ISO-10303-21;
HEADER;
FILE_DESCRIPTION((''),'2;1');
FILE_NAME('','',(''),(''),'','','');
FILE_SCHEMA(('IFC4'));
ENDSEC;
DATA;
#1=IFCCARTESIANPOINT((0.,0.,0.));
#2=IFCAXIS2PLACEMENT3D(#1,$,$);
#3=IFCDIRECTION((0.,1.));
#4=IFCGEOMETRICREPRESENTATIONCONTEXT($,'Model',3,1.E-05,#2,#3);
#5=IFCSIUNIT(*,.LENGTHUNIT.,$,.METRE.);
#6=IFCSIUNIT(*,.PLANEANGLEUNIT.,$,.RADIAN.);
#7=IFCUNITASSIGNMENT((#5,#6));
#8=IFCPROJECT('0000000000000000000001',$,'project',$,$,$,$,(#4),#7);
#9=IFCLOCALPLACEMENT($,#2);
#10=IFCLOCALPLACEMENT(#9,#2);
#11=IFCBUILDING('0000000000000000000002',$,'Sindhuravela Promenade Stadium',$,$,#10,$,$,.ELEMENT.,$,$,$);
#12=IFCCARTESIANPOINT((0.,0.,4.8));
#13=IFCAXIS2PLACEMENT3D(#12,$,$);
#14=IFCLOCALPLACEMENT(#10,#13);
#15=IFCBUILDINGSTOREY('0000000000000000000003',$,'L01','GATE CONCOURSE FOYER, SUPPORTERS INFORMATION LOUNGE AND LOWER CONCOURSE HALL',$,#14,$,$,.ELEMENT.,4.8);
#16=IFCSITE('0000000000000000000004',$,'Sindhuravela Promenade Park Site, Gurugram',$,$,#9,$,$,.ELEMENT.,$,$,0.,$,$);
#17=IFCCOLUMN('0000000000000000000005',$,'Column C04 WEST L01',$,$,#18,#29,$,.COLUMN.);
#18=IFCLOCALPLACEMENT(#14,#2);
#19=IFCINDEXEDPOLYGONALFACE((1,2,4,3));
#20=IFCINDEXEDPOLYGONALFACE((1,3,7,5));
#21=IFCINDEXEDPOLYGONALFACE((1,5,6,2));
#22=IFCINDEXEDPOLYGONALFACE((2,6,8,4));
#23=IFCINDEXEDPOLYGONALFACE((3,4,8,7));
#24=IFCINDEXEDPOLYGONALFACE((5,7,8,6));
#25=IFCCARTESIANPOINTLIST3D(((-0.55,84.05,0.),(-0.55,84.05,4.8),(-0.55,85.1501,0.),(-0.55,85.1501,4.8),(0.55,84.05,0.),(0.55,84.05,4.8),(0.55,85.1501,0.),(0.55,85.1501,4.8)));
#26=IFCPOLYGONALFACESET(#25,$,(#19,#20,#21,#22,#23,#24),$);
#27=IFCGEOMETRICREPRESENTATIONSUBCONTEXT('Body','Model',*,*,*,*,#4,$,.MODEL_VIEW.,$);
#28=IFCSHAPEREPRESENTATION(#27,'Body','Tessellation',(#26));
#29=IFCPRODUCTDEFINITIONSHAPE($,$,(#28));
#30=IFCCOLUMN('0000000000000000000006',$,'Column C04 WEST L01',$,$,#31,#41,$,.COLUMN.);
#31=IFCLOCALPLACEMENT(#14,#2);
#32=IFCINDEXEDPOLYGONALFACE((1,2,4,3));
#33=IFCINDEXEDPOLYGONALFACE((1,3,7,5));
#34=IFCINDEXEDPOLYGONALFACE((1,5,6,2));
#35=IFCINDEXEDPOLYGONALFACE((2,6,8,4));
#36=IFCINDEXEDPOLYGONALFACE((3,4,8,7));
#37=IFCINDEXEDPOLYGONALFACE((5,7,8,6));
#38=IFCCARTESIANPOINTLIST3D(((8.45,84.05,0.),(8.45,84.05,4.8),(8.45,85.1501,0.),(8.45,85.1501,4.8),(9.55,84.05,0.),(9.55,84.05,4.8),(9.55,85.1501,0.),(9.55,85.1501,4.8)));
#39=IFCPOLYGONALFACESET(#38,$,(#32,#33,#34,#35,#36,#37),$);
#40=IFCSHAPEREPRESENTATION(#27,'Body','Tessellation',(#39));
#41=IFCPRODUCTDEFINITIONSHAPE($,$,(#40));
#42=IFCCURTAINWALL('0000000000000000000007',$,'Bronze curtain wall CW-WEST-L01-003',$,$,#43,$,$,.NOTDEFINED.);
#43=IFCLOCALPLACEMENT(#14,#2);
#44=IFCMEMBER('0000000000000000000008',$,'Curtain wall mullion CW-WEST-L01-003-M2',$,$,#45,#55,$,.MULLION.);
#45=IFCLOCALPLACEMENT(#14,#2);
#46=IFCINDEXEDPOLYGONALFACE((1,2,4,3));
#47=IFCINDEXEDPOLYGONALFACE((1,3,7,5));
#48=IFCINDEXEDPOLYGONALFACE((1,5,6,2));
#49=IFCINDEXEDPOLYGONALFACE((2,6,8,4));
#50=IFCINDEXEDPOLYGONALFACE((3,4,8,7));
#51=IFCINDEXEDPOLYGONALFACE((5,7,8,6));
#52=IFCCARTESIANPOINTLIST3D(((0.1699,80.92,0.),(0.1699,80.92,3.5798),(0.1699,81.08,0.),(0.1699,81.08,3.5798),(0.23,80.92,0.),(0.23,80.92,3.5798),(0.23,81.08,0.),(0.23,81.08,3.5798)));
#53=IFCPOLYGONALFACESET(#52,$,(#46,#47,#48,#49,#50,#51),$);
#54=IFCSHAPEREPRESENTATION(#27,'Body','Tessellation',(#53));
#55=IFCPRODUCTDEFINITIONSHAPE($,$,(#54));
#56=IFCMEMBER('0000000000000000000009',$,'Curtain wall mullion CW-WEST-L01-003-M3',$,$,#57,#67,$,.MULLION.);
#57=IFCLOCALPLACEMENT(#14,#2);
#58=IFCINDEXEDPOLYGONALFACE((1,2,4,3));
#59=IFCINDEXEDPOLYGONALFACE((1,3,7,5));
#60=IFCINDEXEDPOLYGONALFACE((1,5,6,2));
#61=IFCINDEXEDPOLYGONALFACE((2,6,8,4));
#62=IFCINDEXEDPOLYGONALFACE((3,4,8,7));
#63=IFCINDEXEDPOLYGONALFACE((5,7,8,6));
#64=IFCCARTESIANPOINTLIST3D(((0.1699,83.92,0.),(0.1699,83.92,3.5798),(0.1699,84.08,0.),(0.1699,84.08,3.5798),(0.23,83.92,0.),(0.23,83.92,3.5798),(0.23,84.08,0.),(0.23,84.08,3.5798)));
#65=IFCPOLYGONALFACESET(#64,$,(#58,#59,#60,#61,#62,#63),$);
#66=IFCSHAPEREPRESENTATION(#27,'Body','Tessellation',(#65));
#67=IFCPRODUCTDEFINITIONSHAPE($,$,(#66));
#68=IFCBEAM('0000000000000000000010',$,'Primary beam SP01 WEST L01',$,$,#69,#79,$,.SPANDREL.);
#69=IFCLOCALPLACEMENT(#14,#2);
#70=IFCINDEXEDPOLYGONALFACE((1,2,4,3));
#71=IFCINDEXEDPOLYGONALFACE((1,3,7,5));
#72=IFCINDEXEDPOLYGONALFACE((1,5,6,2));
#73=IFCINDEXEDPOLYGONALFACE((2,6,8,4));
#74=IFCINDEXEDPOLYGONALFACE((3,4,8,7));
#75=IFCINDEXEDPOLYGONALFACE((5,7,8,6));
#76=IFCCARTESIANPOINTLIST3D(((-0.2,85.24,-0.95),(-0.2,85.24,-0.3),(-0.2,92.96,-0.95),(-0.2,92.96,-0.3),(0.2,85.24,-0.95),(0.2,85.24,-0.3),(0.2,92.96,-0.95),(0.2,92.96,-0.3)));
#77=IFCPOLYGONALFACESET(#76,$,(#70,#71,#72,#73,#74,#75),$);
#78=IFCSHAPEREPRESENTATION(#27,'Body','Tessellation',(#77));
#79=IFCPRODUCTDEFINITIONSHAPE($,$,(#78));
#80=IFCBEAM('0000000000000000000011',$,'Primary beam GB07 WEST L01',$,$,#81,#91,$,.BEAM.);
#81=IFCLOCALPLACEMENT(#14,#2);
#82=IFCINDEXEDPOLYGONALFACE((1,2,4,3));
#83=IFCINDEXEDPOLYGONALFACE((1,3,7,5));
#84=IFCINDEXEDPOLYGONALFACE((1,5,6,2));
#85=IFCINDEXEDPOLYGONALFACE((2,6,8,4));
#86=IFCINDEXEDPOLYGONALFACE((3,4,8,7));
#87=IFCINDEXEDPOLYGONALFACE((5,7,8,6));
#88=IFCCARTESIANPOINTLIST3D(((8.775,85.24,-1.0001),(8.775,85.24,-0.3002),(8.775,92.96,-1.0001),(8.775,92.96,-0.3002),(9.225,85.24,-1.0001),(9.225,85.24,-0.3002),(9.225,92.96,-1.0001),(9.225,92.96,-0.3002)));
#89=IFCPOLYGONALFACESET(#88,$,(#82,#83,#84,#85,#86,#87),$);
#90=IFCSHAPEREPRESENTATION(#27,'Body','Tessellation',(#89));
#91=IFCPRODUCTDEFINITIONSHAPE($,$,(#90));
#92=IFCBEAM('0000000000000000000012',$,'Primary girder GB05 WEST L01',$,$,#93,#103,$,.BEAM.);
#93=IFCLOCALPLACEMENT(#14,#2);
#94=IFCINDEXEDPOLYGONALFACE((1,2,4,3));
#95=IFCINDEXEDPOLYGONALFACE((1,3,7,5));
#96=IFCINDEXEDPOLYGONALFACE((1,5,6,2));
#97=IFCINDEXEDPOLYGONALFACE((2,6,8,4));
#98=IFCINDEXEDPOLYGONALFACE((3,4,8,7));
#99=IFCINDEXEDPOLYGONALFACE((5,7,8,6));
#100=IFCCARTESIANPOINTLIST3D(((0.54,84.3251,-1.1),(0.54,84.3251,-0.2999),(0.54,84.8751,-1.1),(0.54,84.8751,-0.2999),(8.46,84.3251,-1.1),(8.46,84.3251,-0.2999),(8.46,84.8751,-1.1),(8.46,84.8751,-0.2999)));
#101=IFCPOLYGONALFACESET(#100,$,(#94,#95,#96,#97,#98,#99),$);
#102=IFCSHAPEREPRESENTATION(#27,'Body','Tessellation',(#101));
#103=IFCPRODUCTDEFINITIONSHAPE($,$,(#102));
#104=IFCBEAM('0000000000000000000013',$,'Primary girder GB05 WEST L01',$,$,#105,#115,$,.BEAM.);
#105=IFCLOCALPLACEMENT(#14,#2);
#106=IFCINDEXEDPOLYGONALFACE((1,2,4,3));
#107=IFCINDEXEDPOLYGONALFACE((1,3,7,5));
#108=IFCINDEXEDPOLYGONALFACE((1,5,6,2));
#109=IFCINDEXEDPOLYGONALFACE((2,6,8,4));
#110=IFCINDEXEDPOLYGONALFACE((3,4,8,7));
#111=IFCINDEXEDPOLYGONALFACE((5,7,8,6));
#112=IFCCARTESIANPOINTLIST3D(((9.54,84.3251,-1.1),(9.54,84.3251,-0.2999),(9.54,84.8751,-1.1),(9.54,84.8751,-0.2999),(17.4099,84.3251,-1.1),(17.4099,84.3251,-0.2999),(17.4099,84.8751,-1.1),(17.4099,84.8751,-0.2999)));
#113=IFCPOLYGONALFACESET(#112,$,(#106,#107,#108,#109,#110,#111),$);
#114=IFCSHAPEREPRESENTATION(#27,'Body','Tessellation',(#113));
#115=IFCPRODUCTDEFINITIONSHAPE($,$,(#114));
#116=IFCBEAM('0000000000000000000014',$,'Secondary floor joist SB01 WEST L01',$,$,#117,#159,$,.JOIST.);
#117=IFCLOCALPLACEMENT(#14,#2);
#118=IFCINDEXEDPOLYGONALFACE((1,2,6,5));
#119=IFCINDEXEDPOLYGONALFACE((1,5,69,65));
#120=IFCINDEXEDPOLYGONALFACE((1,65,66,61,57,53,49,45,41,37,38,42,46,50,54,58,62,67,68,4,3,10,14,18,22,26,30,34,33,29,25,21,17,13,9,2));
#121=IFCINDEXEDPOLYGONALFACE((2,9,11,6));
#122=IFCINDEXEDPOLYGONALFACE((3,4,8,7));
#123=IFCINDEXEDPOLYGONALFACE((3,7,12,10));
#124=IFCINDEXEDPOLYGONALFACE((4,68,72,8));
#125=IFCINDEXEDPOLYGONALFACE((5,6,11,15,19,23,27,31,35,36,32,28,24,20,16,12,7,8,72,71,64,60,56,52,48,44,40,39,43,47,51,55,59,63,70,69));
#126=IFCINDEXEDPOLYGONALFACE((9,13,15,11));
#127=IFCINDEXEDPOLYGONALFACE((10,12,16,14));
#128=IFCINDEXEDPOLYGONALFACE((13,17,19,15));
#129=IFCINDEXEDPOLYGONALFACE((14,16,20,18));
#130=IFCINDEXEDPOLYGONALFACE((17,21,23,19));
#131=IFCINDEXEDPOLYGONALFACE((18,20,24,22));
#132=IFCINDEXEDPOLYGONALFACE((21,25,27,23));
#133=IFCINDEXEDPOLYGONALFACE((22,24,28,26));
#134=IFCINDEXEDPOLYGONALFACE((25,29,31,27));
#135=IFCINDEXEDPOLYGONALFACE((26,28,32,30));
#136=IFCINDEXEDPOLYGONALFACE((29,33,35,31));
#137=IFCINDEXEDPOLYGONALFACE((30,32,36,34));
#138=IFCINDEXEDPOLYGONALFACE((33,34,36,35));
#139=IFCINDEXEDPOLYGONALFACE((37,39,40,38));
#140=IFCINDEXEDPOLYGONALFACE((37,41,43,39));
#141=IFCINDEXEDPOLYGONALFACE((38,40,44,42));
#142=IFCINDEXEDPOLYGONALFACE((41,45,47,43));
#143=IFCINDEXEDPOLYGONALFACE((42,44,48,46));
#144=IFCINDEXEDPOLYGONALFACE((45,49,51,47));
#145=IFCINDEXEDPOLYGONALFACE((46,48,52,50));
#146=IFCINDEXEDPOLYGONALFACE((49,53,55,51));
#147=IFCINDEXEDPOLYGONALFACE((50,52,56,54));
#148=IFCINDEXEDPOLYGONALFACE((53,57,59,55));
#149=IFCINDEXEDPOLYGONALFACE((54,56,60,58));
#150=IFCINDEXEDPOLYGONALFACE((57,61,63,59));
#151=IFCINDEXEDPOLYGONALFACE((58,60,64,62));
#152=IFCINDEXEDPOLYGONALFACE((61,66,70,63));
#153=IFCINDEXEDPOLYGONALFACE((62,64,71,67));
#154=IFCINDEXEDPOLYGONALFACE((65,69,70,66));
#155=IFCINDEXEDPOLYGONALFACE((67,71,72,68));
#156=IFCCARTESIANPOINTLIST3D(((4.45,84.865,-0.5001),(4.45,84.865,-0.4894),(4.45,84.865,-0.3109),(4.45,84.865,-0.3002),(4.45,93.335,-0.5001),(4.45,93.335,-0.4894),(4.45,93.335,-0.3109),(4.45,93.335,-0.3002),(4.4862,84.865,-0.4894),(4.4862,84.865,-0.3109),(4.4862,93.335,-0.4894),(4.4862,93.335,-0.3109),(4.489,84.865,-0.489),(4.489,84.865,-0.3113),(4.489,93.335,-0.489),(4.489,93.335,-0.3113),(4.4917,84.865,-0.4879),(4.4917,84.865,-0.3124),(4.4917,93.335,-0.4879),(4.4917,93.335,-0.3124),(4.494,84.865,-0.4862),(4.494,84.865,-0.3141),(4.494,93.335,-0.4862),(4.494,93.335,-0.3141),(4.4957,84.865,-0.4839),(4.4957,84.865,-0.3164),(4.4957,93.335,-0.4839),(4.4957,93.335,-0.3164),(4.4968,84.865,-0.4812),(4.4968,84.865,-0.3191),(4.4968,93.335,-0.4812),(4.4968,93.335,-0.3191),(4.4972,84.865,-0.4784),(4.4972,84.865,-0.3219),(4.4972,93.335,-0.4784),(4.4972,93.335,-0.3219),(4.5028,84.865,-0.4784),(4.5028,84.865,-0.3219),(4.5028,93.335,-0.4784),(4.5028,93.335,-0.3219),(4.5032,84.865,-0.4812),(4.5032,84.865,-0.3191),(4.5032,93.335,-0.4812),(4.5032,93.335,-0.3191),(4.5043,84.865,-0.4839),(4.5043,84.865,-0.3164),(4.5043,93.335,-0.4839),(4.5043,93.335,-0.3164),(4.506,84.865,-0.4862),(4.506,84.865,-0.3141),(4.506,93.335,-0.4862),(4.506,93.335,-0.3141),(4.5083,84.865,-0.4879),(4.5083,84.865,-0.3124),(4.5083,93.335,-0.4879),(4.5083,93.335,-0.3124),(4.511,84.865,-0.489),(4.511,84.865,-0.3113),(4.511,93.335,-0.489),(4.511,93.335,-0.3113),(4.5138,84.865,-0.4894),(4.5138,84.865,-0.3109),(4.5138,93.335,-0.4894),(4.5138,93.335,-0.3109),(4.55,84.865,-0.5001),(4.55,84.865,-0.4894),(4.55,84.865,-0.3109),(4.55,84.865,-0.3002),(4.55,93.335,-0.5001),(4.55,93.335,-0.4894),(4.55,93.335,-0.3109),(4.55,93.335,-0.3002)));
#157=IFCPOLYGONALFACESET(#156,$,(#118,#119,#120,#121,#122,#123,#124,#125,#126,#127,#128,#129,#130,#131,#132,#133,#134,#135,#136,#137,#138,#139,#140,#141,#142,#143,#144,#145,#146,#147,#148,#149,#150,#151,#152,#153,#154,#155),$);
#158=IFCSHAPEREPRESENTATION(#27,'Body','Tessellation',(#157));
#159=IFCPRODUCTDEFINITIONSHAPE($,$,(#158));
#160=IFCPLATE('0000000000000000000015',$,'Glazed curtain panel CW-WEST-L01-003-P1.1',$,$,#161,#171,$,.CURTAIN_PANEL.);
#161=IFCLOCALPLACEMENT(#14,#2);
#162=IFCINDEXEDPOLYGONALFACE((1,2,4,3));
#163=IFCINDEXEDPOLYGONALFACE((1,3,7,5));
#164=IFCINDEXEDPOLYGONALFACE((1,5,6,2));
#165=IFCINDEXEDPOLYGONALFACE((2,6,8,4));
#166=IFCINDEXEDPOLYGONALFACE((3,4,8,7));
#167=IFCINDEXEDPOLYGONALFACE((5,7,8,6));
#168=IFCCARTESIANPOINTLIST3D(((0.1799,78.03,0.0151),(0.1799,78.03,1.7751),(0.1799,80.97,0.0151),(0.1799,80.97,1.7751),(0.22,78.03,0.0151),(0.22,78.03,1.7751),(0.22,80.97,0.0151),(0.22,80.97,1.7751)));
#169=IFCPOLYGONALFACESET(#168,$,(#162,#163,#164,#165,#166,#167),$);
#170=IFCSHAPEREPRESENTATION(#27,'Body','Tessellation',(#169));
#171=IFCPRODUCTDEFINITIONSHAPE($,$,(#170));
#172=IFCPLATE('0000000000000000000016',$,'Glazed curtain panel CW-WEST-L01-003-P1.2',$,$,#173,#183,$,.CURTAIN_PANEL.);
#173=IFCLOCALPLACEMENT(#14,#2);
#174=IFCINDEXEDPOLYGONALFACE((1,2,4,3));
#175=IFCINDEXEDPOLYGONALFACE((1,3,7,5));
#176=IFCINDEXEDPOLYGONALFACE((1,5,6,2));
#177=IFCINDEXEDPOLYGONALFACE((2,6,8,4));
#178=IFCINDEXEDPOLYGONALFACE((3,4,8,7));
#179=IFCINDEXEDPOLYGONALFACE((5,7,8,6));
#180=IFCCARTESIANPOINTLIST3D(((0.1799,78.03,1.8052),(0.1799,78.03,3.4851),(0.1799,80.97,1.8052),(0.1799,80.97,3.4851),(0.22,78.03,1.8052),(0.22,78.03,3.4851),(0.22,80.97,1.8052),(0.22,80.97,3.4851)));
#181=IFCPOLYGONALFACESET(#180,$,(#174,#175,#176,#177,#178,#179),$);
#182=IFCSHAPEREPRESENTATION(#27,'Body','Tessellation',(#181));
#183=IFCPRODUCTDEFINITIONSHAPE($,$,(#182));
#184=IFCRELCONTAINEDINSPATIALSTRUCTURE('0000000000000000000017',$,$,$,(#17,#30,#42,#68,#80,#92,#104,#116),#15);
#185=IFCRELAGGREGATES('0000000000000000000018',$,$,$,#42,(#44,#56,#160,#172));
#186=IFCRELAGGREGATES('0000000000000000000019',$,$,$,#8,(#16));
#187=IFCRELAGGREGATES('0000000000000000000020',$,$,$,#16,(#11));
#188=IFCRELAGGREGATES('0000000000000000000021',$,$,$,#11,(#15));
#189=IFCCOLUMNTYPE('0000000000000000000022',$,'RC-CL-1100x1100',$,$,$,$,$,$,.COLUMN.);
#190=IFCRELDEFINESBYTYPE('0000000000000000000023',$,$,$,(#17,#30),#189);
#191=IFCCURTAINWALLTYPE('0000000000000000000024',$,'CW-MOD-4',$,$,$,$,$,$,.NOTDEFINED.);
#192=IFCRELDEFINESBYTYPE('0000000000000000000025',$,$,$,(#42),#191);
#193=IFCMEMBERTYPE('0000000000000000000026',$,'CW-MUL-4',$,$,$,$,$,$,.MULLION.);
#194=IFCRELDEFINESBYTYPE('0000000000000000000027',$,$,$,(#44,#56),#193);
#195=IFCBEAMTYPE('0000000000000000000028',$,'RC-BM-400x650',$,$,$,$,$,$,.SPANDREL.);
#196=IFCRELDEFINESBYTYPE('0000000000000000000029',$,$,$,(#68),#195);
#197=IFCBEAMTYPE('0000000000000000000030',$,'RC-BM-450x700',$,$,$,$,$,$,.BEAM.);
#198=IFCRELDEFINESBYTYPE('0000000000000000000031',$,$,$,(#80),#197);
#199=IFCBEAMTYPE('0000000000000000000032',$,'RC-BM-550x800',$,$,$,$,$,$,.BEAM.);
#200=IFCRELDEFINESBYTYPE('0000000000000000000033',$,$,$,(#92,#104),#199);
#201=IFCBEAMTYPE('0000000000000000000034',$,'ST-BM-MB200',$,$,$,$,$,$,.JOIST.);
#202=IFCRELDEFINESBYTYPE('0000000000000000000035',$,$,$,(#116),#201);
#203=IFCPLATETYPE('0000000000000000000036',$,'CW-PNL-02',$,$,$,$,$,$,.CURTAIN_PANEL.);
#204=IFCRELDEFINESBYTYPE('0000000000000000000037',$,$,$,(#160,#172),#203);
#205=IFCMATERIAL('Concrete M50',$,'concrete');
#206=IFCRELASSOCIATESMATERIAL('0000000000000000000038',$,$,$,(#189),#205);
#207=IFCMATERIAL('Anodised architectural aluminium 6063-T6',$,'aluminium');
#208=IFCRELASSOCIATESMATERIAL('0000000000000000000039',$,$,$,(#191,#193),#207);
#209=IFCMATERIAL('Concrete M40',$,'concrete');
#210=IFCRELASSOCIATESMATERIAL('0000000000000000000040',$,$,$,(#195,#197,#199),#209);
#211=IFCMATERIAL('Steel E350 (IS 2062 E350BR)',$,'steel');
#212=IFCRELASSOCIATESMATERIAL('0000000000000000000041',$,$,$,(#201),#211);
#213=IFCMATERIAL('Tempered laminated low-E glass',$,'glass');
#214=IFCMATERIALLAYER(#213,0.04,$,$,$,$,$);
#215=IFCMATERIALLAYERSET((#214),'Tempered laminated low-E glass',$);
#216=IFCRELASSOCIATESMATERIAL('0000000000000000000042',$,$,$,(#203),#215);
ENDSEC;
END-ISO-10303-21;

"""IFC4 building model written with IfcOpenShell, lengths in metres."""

from ifc_helpers import new_model, si_unit, direction, frame, origin, origin_2d, place, context, subcontext, project, spatial, rectangle, i_section, extrude, material, layer, layer_set, material_profile, profile_set, type_object, element, aggregate, save


model = new_model("IFC4")

# Units and contexts
model_context = context("Model", 3, precision=1e-05, world=origin(), true_north=direction((0.0, 1.0)))
body_context = subcontext(model_context, "Body", "Model", "MODEL_VIEW")
ifc_project = project(units=[si_unit("LENGTHUNIT", "METRE"), si_unit("PLANEANGLEUNIT", "RADIAN")], contexts=[model_context])

# Site, building, storey
site_placement = place(None, origin())
site = spatial("IfcSite", under=ifc_project, at=site_placement, Name="Sindhuravela Promenade Park Site, Gurugram", CompositionType="ELEMENT", RefElevation=0.0)
building_placement = place(site_placement, origin())
building = spatial("IfcBuilding", under=site, at=building_placement, Name="Sindhuravela Promenade Stadium", CompositionType="ELEMENT")
storey_placement = place(building_placement, frame((0.0, 0.0, 4.8)))
storey = spatial("IfcBuildingStorey", under=building, at=storey_placement, Name="L01", Description="GATE CONCOURSE FOYER, SUPPORTERS INFORMATION LOUNGE AND LOWER CONCOURSE HALL", CompositionType="ELEMENT", Elevation=4.8)

# Columns
ifc_material_1 = material(Name="Concrete M50", Category="concrete")
ifc_material_profile_1 = material_profile(ifc_material_1, rectangle(XDim=1.1001, YDim=1.1001, at=origin_2d()), Name="RC 1100x1100")
ifc_profile_set_1 = profile_set([ifc_material_profile_1], Name="Concrete M50")
column_type = type_object("IfcColumnType", Name="RC-CL-1100x1100", PredefinedType="COLUMN", material=ifc_profile_set_1)
for number, where, z_axis, x_axis, name in (
    (1, (0.0, 84.6001, 0.0), (0.0, 0.0, 1.0), (1.0, 0.0, 0.0), "Column C04 WEST L01"),
    (2, (9.0, 84.6001, 0.0), (0.0, 0.0, 1.0), (1.0, 0.0, 0.0), "Column C04 WEST L01"),
):
    element("IfcColumn", number, at=place(storey_placement, frame(where, z_axis=z_axis, x_axis=x_axis)), inside=storey, type_object=column_type, Name=name, PredefinedType="COLUMN", context=body_context, shape_type="SweptSolid", body=[
        extrude(rectangle(XDim=1.1001, YDim=1.1001, at=origin_2d()), origin(), (0.0, 0.0, 1.0), 4.8),
    ])

# Curtain wall, members
ifc_material_2 = material(Name="Anodised architectural aluminium 6063-T6", Category="aluminium")
curtain_wall_type = type_object("IfcCurtainWallType", Name="CW-MOD-4", PredefinedType="NOTDEFINED", material=ifc_material_2)
curtain_wall_placement = place(storey_placement, origin())
curtain_wall = element("IfcCurtainWall", 3, at=curtain_wall_placement, inside=storey, type_object=curtain_wall_type, Name="Bronze curtain wall CW-WEST-L01-003", PredefinedType="NOTDEFINED")
ifc_material_profile_2 = material_profile(ifc_material_2, rectangle(XDim=0.0601, YDim=0.1599, at=origin_2d()), Name="ALU M60x160")
ifc_profile_set_2 = profile_set([ifc_material_profile_2], Name="Anodised architectural aluminium 6063-T6")
member_type = type_object("IfcMemberType", Name="CW-MUL-4", PredefinedType="MULLION", material=ifc_profile_set_2)
member_1_placement = place(storey_placement, frame((0.2, 81.0, 0.0), z_axis=(0.0, 0.0, 1.0), x_axis=(1.0, 0.0, 0.0)))
member_1 = element("IfcMember", 4, at=member_1_placement, type_object=member_type, Name="Curtain wall mullion CW-WEST-L01-003-M2", PredefinedType="MULLION", context=body_context, shape_type="SweptSolid", body=[
    extrude(rectangle(XDim=0.0601, YDim=0.1599, at=origin_2d()), origin(), (0.0, 0.0, 1.0), 3.5798),
])
member_2_placement = place(storey_placement, frame((0.2, 84.0, 0.0), z_axis=(0.0, 0.0, 1.0), x_axis=(1.0, 0.0, 0.0)))
member_2 = element("IfcMember", 5, at=member_2_placement, type_object=member_type, Name="Curtain wall mullion CW-WEST-L01-003-M3", PredefinedType="MULLION", context=body_context, shape_type="SweptSolid", body=[
    extrude(rectangle(XDim=0.0601, YDim=0.1599, at=origin_2d()), origin(), (0.0, 0.0, 1.0), 3.5798),
])

# Beams
ifc_material_3 = material(Name="Concrete M40", Category="concrete")
ifc_material_profile_3 = material_profile(ifc_material_3, rectangle(XDim=0.3999, YDim=0.6499, at=origin_2d()), Name="RC 400x650")
ifc_profile_set_3 = profile_set([ifc_material_profile_3], Name="Concrete M40")
beam_type_1 = type_object("IfcBeamType", Name="RC-BM-400x650", PredefinedType="SPANDREL", material=ifc_profile_set_3)
beam_1_placement = place(storey_placement, frame((0.0, 85.24, -0.625), z_axis=(0.0, 1.0, 0.0), x_axis=(-1.0, 0.0, 0.0)))
element("IfcBeam", 6, at=beam_1_placement, inside=storey, type_object=beam_type_1, Name="Primary beam SP01 WEST L01", PredefinedType="SPANDREL", context=body_context, shape_type="SweptSolid", body=[
    extrude(rectangle(XDim=0.3999, YDim=0.6499, at=origin_2d()), origin(), (0.0, 0.0, 1.0), 7.72),
])
ifc_material_profile_4 = material_profile(ifc_material_3, rectangle(XDim=0.45, YDim=0.7, at=origin_2d()), Name="RC 450x700")
ifc_profile_set_4 = profile_set([ifc_material_profile_4], Name="Concrete M40")
beam_type_2 = type_object("IfcBeamType", Name="RC-BM-450x700", PredefinedType="BEAM", material=ifc_profile_set_4)
beam_2_placement = place(storey_placement, frame((9.0, 85.24, -0.6501), z_axis=(0.0, 1.0, 0.0), x_axis=(-1.0, 0.0, 0.0)))
element("IfcBeam", 7, at=beam_2_placement, inside=storey, type_object=beam_type_2, Name="Primary beam GB07 WEST L01", PredefinedType="BEAM", context=body_context, shape_type="SweptSolid", body=[
    extrude(rectangle(XDim=0.45, YDim=0.7, at=origin_2d()), origin(), (0.0, 0.0, 1.0), 7.72),
])
ifc_material_profile_5 = material_profile(ifc_material_3, rectangle(XDim=0.55, YDim=0.8, at=origin_2d()), Name="RC 550x800")
ifc_profile_set_5 = profile_set([ifc_material_profile_5], Name="Concrete M40")
beam_type_3 = type_object("IfcBeamType", Name="RC-BM-550x800", PredefinedType="BEAM", material=ifc_profile_set_5)
beam_3_placement = place(storey_placement, frame((0.54, 84.6001, -0.7), z_axis=(1.0, 0.0, 0.0), x_axis=(0.0, 1.0, 0.0)))
element("IfcBeam", 8, at=beam_3_placement, inside=storey, type_object=beam_type_3, Name="Primary girder GB05 WEST L01", PredefinedType="BEAM", context=body_context, shape_type="SweptSolid", body=[
    extrude(rectangle(XDim=0.55, YDim=0.8, at=origin_2d()), origin(), (0.0, 0.0, 1.0), 7.9199),
])
beam_4_placement = place(storey_placement, frame((9.54, 84.6001, -0.7), z_axis=(1.0, 0.0, 0.0), x_axis=(0.0, 1.0, 0.0)))
element("IfcBeam", 9, at=beam_4_placement, inside=storey, type_object=beam_type_3, Name="Primary girder GB05 WEST L01", PredefinedType="BEAM", context=body_context, shape_type="SweptSolid", body=[
    extrude(rectangle(XDim=0.55, YDim=0.8, at=origin_2d()), origin(), (0.0, 0.0, 1.0), 7.8699),
])
ifc_material_4 = material(Name="Steel E350 (IS 2062 E350BR)", Category="steel")
ifc_material_profile_6 = material_profile(ifc_material_4, i_section(OverallWidth=0.1001, OverallDepth=0.2, WebThickness=0.0056, FlangeThickness=0.0107, FilletRadius=0.011, at=origin_2d()), Name="ISMB 200")
ifc_profile_set_6 = profile_set([ifc_material_profile_6], Name="Steel E350 (IS 2062 E350BR)")
beam_type_4 = type_object("IfcBeamType", Name="ST-BM-MB200", PredefinedType="JOIST", material=ifc_profile_set_6)
beam_5_placement = place(storey_placement, frame((4.5, 84.865, -0.4001), z_axis=(0.0, 1.0, 0.0), x_axis=(-1.0, 0.0, 0.0)))
element("IfcBeam", 10, at=beam_5_placement, inside=storey, type_object=beam_type_4, Name="Secondary floor joist SB01 WEST L01", PredefinedType="JOIST", context=body_context, shape_type="SweptSolid", body=[
    extrude(i_section(OverallWidth=0.1001, OverallDepth=0.2, WebThickness=0.0056, FlangeThickness=0.0107, FilletRadius=0.011, at=origin_2d()), origin(), (0.0, 0.0, 1.0), 8.47),
])

# Plates
ifc_material_5 = material(Name="Tempered laminated low-E glass", Category="glass")
ifc_layer_1 = layer(ifc_material_5, 0.04)
ifc_layer_set_1 = layer_set([ifc_layer_1], Name="Tempered laminated low-E glass")
plate_type = type_object("IfcPlateType", Name="CW-PNL-02", PredefinedType="CURTAIN_PANEL", material=ifc_layer_set_1)
plate_1_placement = place(storey_placement, frame((0.2, 79.5, 0.0151), z_axis=(0.0, 0.0, 1.0), x_axis=(0.0, 1.0, 0.0)))
plate_1 = element("IfcPlate", 11, at=plate_1_placement, type_object=plate_type, Name="Glazed curtain panel CW-WEST-L01-003-P1.1", PredefinedType="CURTAIN_PANEL", context=body_context, shape_type="SweptSolid", body=[
    extrude(rectangle(XDim=2.9399, YDim=0.04, at=origin_2d()), origin(), (0.0, 0.0, 1.0), 1.76),
])
plate_2_placement = place(storey_placement, frame((0.2, 79.5, 1.8052), z_axis=(0.0, 0.0, 1.0), x_axis=(0.0, 1.0, 0.0)))
plate_2 = element("IfcPlate", 12, at=plate_2_placement, type_object=plate_type, Name="Glazed curtain panel CW-WEST-L01-003-P1.2", PredefinedType="CURTAIN_PANEL", context=body_context, shape_type="SweptSolid", body=[
    extrude(rectangle(XDim=2.9399, YDim=0.04, at=origin_2d()), origin(), (0.0, 0.0, 1.0), 1.6799),
])
aggregate(curtain_wall, [member_1, member_2, plate_1, plate_2])

save(model, "model.ifc")
